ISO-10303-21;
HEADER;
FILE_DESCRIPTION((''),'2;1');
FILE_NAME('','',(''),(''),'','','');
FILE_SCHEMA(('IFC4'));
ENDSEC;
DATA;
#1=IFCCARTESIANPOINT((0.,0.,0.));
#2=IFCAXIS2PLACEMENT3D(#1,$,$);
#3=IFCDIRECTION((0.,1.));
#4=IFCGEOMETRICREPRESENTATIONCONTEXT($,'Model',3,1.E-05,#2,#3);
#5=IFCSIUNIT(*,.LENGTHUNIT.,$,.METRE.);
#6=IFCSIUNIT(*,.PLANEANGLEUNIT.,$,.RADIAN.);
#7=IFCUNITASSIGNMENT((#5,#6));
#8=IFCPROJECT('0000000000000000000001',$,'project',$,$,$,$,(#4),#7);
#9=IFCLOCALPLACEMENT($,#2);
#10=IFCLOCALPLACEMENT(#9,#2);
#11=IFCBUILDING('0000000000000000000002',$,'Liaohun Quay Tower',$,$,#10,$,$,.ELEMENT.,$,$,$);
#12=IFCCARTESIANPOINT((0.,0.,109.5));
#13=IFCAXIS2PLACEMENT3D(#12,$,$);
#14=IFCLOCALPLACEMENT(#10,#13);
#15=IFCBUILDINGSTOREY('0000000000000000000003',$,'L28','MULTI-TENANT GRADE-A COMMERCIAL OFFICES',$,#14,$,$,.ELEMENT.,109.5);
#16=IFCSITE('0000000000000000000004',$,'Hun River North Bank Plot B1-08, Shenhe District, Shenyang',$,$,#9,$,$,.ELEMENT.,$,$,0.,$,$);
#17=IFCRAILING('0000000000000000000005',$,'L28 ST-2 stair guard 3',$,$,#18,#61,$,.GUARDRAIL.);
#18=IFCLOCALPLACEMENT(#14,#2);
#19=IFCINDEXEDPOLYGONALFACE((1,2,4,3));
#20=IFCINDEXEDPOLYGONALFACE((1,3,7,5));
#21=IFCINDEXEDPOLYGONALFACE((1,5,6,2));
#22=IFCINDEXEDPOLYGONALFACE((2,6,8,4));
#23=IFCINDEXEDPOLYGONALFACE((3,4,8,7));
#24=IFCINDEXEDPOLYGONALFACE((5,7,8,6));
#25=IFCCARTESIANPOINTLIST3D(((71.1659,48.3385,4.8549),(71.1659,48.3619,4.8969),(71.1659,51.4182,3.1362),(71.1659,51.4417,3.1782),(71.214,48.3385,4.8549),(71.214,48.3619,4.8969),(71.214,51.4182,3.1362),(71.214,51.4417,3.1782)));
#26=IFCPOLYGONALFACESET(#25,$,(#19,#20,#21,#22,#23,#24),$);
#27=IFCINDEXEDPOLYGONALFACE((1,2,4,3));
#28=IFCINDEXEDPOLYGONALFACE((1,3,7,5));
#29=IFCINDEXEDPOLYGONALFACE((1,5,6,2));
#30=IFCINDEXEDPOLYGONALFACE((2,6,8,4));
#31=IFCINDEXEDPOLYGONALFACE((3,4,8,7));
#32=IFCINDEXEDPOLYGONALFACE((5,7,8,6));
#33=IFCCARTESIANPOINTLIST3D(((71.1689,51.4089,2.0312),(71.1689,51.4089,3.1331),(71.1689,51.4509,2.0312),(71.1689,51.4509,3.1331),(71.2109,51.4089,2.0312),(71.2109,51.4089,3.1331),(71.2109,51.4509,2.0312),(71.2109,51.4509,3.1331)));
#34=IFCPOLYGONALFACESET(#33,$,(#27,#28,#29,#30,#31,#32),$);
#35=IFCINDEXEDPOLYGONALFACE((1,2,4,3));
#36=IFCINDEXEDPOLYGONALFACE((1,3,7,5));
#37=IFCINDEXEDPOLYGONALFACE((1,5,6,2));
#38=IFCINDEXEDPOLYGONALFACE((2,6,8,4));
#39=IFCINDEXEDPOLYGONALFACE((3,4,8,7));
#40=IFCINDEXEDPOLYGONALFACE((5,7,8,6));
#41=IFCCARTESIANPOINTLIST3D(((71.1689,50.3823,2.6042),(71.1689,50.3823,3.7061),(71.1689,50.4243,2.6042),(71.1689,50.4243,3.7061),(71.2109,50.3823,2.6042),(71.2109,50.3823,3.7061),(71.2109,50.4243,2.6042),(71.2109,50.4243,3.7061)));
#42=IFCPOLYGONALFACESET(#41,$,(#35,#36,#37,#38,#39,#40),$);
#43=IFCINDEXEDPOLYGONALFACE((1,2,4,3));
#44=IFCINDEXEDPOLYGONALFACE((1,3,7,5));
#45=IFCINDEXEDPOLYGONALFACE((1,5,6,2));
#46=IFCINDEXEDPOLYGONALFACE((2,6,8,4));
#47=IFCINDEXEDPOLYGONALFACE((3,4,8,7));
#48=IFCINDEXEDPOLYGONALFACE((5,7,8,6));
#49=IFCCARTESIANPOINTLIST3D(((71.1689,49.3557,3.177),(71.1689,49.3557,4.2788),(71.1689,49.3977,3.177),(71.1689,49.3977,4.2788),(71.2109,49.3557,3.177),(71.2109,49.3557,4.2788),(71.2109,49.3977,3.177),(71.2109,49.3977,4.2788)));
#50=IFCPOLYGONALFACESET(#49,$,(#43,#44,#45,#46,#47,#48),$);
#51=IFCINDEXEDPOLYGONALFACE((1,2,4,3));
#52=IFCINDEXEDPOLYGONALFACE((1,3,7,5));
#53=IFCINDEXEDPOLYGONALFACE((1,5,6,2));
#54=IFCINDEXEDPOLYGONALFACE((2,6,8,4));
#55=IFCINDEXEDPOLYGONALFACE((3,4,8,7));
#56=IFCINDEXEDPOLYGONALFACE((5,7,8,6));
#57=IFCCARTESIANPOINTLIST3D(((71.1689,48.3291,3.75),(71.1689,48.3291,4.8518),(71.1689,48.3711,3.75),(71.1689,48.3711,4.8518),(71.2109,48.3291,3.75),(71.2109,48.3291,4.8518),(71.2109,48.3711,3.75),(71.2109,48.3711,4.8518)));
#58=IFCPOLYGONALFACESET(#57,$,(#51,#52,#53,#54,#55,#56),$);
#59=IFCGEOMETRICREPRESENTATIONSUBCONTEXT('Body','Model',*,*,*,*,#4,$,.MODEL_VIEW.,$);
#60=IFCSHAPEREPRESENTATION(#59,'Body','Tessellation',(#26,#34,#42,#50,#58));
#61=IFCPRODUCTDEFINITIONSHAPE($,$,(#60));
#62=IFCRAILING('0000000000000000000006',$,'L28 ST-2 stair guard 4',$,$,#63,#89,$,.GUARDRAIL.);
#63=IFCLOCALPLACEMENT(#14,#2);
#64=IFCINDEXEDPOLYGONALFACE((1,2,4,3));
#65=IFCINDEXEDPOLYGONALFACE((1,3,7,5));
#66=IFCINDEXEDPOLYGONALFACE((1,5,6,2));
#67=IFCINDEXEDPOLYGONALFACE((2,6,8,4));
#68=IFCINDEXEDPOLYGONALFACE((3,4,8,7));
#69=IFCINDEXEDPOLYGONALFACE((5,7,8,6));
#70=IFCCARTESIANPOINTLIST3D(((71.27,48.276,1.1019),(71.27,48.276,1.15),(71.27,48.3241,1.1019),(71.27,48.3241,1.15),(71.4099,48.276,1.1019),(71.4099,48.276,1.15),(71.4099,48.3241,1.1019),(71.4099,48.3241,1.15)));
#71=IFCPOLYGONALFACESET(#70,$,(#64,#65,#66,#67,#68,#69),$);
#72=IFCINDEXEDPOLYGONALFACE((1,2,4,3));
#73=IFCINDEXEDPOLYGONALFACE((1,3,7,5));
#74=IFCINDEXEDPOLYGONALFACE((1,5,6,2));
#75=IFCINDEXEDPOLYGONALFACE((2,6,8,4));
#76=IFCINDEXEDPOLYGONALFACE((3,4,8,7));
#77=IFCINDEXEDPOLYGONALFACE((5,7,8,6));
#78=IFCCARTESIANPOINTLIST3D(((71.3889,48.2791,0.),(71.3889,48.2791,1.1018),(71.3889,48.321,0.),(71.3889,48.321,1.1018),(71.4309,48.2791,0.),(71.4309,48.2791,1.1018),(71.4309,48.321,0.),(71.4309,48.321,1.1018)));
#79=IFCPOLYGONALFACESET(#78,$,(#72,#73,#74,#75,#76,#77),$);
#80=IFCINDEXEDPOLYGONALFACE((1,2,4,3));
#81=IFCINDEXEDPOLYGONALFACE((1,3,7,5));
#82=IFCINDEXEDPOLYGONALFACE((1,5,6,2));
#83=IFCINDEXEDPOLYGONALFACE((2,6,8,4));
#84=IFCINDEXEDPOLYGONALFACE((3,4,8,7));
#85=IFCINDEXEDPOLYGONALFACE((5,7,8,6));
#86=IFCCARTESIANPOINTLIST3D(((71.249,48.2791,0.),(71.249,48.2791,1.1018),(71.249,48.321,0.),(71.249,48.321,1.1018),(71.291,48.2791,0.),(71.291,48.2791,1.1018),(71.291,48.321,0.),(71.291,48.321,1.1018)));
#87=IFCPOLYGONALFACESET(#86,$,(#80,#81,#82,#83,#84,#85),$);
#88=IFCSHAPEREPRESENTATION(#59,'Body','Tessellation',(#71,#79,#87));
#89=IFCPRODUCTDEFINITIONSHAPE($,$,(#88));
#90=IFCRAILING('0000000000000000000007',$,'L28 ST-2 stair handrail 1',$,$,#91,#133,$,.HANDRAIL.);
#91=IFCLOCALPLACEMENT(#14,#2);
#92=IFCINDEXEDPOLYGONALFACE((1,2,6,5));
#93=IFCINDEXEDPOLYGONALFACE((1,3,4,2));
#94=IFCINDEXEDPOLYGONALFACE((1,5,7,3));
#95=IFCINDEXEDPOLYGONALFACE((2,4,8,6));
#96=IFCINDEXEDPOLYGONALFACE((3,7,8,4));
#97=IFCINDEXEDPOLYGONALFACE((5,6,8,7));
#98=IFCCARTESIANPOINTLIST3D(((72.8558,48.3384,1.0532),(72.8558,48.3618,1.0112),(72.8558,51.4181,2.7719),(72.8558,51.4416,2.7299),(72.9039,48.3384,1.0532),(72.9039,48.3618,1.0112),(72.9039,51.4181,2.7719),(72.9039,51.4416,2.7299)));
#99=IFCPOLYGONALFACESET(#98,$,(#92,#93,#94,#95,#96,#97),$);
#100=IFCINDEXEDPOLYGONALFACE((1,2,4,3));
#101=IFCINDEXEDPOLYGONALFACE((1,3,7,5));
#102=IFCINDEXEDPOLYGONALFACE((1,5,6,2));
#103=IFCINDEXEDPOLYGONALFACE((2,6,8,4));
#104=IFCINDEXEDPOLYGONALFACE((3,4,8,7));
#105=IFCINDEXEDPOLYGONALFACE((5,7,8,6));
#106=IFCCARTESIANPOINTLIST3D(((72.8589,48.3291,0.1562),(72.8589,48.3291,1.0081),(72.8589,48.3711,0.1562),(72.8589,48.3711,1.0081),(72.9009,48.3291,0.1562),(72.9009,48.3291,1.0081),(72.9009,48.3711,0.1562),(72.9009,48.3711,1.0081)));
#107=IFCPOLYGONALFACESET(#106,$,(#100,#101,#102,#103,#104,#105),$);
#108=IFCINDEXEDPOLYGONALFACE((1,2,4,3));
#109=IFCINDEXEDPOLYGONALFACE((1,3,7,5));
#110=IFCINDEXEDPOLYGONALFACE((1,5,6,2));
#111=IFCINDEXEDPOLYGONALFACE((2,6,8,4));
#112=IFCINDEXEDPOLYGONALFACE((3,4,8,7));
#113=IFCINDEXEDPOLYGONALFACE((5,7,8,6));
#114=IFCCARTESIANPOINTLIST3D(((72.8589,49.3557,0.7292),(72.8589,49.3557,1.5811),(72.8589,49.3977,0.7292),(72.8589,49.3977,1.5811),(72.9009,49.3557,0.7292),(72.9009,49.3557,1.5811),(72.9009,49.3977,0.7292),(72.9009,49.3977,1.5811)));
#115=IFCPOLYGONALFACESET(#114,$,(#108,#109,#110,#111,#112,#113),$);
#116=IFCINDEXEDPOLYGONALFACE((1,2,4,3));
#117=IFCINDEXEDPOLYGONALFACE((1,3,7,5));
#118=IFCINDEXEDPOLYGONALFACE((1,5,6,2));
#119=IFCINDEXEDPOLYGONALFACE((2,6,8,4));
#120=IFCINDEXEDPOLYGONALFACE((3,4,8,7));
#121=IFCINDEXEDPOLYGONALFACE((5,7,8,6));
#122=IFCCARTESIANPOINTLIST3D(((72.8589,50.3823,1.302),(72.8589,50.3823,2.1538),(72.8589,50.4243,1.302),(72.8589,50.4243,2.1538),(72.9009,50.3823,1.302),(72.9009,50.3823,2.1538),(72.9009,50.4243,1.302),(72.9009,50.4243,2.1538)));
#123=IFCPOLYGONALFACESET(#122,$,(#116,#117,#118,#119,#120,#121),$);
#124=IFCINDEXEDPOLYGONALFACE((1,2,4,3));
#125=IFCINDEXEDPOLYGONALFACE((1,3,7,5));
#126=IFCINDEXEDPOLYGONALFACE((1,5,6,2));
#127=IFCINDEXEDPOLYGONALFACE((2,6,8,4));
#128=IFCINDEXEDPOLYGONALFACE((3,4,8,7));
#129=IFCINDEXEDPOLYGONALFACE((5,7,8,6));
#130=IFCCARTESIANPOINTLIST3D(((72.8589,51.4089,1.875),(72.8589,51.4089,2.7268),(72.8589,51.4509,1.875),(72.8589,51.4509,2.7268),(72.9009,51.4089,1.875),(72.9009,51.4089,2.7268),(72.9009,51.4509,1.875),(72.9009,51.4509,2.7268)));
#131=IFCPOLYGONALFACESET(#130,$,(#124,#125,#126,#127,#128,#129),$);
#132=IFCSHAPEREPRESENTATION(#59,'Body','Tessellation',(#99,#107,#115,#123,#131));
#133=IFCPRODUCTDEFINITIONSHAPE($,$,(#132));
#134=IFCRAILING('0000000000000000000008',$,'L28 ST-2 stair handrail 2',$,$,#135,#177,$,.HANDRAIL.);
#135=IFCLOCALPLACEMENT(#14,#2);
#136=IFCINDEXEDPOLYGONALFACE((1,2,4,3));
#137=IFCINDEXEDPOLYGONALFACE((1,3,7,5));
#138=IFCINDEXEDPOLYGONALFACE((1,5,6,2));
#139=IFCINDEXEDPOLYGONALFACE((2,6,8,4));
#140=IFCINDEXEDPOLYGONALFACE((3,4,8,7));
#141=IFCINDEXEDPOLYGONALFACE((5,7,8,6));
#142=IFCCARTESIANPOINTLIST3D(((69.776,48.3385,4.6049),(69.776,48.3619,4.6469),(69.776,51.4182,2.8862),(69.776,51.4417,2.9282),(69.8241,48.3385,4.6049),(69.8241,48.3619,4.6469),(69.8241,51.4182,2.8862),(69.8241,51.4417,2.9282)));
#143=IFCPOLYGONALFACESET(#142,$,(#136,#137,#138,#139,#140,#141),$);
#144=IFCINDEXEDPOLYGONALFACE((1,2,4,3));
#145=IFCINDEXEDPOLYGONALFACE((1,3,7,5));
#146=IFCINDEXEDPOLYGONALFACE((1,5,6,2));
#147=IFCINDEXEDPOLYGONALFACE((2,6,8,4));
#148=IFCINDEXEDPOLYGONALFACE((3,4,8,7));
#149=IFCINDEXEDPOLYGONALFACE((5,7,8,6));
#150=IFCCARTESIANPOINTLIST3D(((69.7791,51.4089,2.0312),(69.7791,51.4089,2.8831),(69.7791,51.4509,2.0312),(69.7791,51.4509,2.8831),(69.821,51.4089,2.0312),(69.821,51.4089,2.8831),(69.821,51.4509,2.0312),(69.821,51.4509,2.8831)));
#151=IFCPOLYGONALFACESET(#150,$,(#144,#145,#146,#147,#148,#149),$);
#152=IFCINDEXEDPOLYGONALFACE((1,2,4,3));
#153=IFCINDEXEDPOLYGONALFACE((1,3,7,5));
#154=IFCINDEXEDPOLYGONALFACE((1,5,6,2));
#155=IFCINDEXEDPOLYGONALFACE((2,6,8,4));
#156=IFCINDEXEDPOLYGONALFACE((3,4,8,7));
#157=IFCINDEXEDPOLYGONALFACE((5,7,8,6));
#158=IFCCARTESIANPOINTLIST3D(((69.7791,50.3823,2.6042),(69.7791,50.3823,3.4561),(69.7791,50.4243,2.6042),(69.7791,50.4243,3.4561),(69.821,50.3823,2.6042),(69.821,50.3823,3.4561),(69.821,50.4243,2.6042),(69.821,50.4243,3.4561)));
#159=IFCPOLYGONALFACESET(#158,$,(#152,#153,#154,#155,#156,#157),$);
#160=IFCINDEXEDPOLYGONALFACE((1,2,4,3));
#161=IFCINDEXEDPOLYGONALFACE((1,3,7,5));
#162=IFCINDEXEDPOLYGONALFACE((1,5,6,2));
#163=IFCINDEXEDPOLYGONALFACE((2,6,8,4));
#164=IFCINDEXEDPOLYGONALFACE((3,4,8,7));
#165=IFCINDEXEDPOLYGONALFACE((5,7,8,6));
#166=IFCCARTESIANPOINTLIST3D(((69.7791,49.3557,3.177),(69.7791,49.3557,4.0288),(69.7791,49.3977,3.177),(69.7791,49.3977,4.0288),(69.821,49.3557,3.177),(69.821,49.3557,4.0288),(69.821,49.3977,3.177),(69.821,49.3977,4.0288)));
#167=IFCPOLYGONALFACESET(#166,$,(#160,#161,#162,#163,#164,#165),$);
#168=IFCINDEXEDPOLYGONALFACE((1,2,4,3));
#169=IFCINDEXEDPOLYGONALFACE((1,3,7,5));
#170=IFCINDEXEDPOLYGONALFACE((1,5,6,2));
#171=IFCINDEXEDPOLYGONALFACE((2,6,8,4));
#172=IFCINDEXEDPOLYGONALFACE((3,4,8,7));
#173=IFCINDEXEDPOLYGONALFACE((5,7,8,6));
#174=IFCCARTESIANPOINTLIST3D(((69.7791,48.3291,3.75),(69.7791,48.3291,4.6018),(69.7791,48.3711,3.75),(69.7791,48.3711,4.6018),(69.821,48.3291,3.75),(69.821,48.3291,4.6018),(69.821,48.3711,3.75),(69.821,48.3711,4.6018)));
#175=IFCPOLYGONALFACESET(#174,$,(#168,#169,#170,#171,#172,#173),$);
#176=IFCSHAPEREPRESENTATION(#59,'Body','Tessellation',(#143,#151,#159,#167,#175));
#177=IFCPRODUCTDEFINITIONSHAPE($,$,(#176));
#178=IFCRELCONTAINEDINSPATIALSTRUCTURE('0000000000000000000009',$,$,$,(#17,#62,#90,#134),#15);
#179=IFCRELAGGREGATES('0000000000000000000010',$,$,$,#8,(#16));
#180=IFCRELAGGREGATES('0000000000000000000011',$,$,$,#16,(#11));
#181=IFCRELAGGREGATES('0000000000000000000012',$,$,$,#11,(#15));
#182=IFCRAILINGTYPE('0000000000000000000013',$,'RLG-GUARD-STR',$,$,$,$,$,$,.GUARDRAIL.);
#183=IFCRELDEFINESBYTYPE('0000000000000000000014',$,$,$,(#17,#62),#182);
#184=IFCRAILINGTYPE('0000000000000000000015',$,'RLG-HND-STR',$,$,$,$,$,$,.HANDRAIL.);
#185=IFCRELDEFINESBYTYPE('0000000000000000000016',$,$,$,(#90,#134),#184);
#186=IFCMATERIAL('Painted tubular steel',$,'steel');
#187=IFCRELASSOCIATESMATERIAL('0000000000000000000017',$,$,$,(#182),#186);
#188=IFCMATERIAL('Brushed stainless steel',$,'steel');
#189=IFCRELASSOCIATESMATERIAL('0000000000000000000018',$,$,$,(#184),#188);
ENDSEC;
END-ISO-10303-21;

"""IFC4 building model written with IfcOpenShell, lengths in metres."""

from ifc_helpers import new_model, si_unit, direction, frame, origin, origin_2d, place, context, subcontext, project, spatial, rectangle, extrude, material, type_object, element, save


model = new_model("IFC4")

# Units and contexts
model_context = context("Model", 3, precision=1e-05, world=origin(), true_north=direction((0.0, 1.0)))
body_context = subcontext(model_context, "Body", "Model", "MODEL_VIEW")
ifc_project = project(units=[si_unit("LENGTHUNIT", "METRE"), si_unit("PLANEANGLEUNIT", "RADIAN")], contexts=[model_context])

# Site, building, storey
site_placement = place(None, origin())
site = spatial("IfcSite", under=ifc_project, at=site_placement, Name="Hun River North Bank Plot B1-08, Shenhe District, Shenyang", CompositionType="ELEMENT", RefElevation=0.0)
building_placement = place(site_placement, origin())
building = spatial("IfcBuilding", under=site, at=building_placement, Name="Liaohun Quay Tower", CompositionType="ELEMENT")
storey_placement = place(building_placement, frame((0.0, 0.0, 109.5)))
storey = spatial("IfcBuildingStorey", under=building, at=storey_placement, Name="L28", Description="MULTI-TENANT GRADE-A COMMERCIAL OFFICES", CompositionType="ELEMENT", Elevation=109.5)

# Railings
ifc_material_1 = material(Name="Painted tubular steel", Category="steel")
railing_type_1 = type_object("IfcRailingType", Name="RLG-GUARD-STR", PredefinedType="GUARDRAIL", material=ifc_material_1)
railing_1_placement = place(storey_placement, frame((71.1899, 51.4299, 2.0312)))
element("IfcRailing", 1, at=railing_1_placement, inside=storey, type_object=railing_type_1, Name="L28 ST-2 stair guard 3", PredefinedType="GUARDRAIL", context=body_context, shape_type="SweptSolid", body=[
    extrude(rectangle(XDim=0.0481, YDim=0.0481, at=origin_2d()), frame((0.0, 0.0, 1.126), z_axis=(0.0, -0.873225, 0.487317), x_axis=(1.0, 0.0, 0.0)), (0.0, 0.0, 1.0), 3.5269),
    extrude(rectangle(XDim=0.042, YDim=0.042, at=origin_2d()), origin(), (0.0, 0.0, 1.0), 1.1018),
    extrude(rectangle(XDim=0.042, YDim=0.042, at=origin_2d()), frame((0.0, -1.0266, 0.573)), (0.0, 0.0, 1.0), 1.1018),
    extrude(rectangle(XDim=0.042, YDim=0.042, at=origin_2d()), frame((0.0, -2.0532, 1.1458)), (0.0, 0.0, 1.0), 1.1018),
    extrude(rectangle(XDim=0.042, YDim=0.042, at=origin_2d()), frame((0.0, -3.0798, 1.7188)), (0.0, 0.0, 1.0), 1.1018),
])
railing_2_placement = place(storey_placement, frame((71.4099, 48.3, 0.0)))
element("IfcRailing", 2, at=railing_2_placement, inside=storey, type_object=railing_type_1, Name="L28 ST-2 stair guard 4", PredefinedType="GUARDRAIL", context=body_context, shape_type="SweptSolid", body=[
    extrude(rectangle(XDim=0.0481, YDim=0.0481, at=origin_2d()), frame((0.0, 0.0, 1.126), z_axis=(-1.0, 0.0, 0.0), x_axis=(0.0, -1.0, 0.0)), (0.0, 0.0, 1.0), 0.1399),
    extrude(rectangle(XDim=0.042, YDim=0.042, at=origin_2d()), origin(), (0.0, 0.0, 1.0), 1.1018),
    extrude(rectangle(XDim=0.042, YDim=0.042, at=origin_2d()), frame((-0.1399, 0.0, 0.0)), (0.0, 0.0, 1.0), 1.1018),
])
ifc_material_2 = material(Name="Brushed stainless steel", Category="steel")
railing_type_2 = type_object("IfcRailingType", Name="RLG-HND-STR", PredefinedType="HANDRAIL", material=ifc_material_2)
railing_3_placement = place(storey_placement, frame((72.8799, 48.3501, 0.1562)))
element("IfcRailing", 3, at=railing_3_placement, inside=storey, type_object=railing_type_2, Name="L28 ST-2 stair handrail 1", PredefinedType="HANDRAIL", context=body_context, shape_type="SweptSolid", body=[
    extrude(rectangle(XDim=0.0481, YDim=0.0481, at=origin_2d()), frame((0.0, 0.0, 0.876), z_axis=(0.0, 0.873225, 0.487317), x_axis=(-1.0, 0.0, 0.0)), (0.0, 0.0, 1.0), 3.5269),
    extrude(rectangle(XDim=0.042, YDim=0.042, at=origin_2d()), origin(), (0.0, 0.0, 1.0), 0.8518),
    extrude(rectangle(XDim=0.042, YDim=0.042, at=origin_2d()), frame((0.0, 1.0266, 0.573)), (0.0, 0.0, 1.0), 0.8518),
    extrude(rectangle(XDim=0.042, YDim=0.042, at=origin_2d()), frame((0.0, 2.0532, 1.1458)), (0.0, 0.0, 1.0), 0.8518),
    extrude(rectangle(XDim=0.042, YDim=0.042, at=origin_2d()), frame((0.0, 3.0798, 1.7188)), (0.0, 0.0, 1.0), 0.8518),
])
railing_4_placement = place(storey_placement, frame((69.8, 51.4299, 2.0312)))
element("IfcRailing", 4, at=railing_4_placement, inside=storey, type_object=railing_type_2, Name="L28 ST-2 stair handrail 2", PredefinedType="HANDRAIL", context=body_context, shape_type="SweptSolid", body=[
    extrude(rectangle(XDim=0.0481, YDim=0.0481, at=origin_2d()), frame((0.0, 0.0, 0.876), z_axis=(0.0, -0.873225, 0.487317), x_axis=(1.0, 0.0, 0.0)), (0.0, 0.0, 1.0), 3.5269),
    extrude(rectangle(XDim=0.042, YDim=0.042, at=origin_2d()), origin(), (0.0, 0.0, 1.0), 0.8518),
    extrude(rectangle(XDim=0.042, YDim=0.042, at=origin_2d()), frame((0.0, -1.0266, 0.573)), (0.0, 0.0, 1.0), 0.8518),
    extrude(rectangle(XDim=0.042, YDim=0.042, at=origin_2d()), frame((0.0, -2.0532, 1.1458)), (0.0, 0.0, 1.0), 0.8518),
    extrude(rectangle(XDim=0.042, YDim=0.042, at=origin_2d()), frame((0.0, -3.0798, 1.7188)), (0.0, 0.0, 1.0), 0.8518),
])

save(model, "model.ifc")
